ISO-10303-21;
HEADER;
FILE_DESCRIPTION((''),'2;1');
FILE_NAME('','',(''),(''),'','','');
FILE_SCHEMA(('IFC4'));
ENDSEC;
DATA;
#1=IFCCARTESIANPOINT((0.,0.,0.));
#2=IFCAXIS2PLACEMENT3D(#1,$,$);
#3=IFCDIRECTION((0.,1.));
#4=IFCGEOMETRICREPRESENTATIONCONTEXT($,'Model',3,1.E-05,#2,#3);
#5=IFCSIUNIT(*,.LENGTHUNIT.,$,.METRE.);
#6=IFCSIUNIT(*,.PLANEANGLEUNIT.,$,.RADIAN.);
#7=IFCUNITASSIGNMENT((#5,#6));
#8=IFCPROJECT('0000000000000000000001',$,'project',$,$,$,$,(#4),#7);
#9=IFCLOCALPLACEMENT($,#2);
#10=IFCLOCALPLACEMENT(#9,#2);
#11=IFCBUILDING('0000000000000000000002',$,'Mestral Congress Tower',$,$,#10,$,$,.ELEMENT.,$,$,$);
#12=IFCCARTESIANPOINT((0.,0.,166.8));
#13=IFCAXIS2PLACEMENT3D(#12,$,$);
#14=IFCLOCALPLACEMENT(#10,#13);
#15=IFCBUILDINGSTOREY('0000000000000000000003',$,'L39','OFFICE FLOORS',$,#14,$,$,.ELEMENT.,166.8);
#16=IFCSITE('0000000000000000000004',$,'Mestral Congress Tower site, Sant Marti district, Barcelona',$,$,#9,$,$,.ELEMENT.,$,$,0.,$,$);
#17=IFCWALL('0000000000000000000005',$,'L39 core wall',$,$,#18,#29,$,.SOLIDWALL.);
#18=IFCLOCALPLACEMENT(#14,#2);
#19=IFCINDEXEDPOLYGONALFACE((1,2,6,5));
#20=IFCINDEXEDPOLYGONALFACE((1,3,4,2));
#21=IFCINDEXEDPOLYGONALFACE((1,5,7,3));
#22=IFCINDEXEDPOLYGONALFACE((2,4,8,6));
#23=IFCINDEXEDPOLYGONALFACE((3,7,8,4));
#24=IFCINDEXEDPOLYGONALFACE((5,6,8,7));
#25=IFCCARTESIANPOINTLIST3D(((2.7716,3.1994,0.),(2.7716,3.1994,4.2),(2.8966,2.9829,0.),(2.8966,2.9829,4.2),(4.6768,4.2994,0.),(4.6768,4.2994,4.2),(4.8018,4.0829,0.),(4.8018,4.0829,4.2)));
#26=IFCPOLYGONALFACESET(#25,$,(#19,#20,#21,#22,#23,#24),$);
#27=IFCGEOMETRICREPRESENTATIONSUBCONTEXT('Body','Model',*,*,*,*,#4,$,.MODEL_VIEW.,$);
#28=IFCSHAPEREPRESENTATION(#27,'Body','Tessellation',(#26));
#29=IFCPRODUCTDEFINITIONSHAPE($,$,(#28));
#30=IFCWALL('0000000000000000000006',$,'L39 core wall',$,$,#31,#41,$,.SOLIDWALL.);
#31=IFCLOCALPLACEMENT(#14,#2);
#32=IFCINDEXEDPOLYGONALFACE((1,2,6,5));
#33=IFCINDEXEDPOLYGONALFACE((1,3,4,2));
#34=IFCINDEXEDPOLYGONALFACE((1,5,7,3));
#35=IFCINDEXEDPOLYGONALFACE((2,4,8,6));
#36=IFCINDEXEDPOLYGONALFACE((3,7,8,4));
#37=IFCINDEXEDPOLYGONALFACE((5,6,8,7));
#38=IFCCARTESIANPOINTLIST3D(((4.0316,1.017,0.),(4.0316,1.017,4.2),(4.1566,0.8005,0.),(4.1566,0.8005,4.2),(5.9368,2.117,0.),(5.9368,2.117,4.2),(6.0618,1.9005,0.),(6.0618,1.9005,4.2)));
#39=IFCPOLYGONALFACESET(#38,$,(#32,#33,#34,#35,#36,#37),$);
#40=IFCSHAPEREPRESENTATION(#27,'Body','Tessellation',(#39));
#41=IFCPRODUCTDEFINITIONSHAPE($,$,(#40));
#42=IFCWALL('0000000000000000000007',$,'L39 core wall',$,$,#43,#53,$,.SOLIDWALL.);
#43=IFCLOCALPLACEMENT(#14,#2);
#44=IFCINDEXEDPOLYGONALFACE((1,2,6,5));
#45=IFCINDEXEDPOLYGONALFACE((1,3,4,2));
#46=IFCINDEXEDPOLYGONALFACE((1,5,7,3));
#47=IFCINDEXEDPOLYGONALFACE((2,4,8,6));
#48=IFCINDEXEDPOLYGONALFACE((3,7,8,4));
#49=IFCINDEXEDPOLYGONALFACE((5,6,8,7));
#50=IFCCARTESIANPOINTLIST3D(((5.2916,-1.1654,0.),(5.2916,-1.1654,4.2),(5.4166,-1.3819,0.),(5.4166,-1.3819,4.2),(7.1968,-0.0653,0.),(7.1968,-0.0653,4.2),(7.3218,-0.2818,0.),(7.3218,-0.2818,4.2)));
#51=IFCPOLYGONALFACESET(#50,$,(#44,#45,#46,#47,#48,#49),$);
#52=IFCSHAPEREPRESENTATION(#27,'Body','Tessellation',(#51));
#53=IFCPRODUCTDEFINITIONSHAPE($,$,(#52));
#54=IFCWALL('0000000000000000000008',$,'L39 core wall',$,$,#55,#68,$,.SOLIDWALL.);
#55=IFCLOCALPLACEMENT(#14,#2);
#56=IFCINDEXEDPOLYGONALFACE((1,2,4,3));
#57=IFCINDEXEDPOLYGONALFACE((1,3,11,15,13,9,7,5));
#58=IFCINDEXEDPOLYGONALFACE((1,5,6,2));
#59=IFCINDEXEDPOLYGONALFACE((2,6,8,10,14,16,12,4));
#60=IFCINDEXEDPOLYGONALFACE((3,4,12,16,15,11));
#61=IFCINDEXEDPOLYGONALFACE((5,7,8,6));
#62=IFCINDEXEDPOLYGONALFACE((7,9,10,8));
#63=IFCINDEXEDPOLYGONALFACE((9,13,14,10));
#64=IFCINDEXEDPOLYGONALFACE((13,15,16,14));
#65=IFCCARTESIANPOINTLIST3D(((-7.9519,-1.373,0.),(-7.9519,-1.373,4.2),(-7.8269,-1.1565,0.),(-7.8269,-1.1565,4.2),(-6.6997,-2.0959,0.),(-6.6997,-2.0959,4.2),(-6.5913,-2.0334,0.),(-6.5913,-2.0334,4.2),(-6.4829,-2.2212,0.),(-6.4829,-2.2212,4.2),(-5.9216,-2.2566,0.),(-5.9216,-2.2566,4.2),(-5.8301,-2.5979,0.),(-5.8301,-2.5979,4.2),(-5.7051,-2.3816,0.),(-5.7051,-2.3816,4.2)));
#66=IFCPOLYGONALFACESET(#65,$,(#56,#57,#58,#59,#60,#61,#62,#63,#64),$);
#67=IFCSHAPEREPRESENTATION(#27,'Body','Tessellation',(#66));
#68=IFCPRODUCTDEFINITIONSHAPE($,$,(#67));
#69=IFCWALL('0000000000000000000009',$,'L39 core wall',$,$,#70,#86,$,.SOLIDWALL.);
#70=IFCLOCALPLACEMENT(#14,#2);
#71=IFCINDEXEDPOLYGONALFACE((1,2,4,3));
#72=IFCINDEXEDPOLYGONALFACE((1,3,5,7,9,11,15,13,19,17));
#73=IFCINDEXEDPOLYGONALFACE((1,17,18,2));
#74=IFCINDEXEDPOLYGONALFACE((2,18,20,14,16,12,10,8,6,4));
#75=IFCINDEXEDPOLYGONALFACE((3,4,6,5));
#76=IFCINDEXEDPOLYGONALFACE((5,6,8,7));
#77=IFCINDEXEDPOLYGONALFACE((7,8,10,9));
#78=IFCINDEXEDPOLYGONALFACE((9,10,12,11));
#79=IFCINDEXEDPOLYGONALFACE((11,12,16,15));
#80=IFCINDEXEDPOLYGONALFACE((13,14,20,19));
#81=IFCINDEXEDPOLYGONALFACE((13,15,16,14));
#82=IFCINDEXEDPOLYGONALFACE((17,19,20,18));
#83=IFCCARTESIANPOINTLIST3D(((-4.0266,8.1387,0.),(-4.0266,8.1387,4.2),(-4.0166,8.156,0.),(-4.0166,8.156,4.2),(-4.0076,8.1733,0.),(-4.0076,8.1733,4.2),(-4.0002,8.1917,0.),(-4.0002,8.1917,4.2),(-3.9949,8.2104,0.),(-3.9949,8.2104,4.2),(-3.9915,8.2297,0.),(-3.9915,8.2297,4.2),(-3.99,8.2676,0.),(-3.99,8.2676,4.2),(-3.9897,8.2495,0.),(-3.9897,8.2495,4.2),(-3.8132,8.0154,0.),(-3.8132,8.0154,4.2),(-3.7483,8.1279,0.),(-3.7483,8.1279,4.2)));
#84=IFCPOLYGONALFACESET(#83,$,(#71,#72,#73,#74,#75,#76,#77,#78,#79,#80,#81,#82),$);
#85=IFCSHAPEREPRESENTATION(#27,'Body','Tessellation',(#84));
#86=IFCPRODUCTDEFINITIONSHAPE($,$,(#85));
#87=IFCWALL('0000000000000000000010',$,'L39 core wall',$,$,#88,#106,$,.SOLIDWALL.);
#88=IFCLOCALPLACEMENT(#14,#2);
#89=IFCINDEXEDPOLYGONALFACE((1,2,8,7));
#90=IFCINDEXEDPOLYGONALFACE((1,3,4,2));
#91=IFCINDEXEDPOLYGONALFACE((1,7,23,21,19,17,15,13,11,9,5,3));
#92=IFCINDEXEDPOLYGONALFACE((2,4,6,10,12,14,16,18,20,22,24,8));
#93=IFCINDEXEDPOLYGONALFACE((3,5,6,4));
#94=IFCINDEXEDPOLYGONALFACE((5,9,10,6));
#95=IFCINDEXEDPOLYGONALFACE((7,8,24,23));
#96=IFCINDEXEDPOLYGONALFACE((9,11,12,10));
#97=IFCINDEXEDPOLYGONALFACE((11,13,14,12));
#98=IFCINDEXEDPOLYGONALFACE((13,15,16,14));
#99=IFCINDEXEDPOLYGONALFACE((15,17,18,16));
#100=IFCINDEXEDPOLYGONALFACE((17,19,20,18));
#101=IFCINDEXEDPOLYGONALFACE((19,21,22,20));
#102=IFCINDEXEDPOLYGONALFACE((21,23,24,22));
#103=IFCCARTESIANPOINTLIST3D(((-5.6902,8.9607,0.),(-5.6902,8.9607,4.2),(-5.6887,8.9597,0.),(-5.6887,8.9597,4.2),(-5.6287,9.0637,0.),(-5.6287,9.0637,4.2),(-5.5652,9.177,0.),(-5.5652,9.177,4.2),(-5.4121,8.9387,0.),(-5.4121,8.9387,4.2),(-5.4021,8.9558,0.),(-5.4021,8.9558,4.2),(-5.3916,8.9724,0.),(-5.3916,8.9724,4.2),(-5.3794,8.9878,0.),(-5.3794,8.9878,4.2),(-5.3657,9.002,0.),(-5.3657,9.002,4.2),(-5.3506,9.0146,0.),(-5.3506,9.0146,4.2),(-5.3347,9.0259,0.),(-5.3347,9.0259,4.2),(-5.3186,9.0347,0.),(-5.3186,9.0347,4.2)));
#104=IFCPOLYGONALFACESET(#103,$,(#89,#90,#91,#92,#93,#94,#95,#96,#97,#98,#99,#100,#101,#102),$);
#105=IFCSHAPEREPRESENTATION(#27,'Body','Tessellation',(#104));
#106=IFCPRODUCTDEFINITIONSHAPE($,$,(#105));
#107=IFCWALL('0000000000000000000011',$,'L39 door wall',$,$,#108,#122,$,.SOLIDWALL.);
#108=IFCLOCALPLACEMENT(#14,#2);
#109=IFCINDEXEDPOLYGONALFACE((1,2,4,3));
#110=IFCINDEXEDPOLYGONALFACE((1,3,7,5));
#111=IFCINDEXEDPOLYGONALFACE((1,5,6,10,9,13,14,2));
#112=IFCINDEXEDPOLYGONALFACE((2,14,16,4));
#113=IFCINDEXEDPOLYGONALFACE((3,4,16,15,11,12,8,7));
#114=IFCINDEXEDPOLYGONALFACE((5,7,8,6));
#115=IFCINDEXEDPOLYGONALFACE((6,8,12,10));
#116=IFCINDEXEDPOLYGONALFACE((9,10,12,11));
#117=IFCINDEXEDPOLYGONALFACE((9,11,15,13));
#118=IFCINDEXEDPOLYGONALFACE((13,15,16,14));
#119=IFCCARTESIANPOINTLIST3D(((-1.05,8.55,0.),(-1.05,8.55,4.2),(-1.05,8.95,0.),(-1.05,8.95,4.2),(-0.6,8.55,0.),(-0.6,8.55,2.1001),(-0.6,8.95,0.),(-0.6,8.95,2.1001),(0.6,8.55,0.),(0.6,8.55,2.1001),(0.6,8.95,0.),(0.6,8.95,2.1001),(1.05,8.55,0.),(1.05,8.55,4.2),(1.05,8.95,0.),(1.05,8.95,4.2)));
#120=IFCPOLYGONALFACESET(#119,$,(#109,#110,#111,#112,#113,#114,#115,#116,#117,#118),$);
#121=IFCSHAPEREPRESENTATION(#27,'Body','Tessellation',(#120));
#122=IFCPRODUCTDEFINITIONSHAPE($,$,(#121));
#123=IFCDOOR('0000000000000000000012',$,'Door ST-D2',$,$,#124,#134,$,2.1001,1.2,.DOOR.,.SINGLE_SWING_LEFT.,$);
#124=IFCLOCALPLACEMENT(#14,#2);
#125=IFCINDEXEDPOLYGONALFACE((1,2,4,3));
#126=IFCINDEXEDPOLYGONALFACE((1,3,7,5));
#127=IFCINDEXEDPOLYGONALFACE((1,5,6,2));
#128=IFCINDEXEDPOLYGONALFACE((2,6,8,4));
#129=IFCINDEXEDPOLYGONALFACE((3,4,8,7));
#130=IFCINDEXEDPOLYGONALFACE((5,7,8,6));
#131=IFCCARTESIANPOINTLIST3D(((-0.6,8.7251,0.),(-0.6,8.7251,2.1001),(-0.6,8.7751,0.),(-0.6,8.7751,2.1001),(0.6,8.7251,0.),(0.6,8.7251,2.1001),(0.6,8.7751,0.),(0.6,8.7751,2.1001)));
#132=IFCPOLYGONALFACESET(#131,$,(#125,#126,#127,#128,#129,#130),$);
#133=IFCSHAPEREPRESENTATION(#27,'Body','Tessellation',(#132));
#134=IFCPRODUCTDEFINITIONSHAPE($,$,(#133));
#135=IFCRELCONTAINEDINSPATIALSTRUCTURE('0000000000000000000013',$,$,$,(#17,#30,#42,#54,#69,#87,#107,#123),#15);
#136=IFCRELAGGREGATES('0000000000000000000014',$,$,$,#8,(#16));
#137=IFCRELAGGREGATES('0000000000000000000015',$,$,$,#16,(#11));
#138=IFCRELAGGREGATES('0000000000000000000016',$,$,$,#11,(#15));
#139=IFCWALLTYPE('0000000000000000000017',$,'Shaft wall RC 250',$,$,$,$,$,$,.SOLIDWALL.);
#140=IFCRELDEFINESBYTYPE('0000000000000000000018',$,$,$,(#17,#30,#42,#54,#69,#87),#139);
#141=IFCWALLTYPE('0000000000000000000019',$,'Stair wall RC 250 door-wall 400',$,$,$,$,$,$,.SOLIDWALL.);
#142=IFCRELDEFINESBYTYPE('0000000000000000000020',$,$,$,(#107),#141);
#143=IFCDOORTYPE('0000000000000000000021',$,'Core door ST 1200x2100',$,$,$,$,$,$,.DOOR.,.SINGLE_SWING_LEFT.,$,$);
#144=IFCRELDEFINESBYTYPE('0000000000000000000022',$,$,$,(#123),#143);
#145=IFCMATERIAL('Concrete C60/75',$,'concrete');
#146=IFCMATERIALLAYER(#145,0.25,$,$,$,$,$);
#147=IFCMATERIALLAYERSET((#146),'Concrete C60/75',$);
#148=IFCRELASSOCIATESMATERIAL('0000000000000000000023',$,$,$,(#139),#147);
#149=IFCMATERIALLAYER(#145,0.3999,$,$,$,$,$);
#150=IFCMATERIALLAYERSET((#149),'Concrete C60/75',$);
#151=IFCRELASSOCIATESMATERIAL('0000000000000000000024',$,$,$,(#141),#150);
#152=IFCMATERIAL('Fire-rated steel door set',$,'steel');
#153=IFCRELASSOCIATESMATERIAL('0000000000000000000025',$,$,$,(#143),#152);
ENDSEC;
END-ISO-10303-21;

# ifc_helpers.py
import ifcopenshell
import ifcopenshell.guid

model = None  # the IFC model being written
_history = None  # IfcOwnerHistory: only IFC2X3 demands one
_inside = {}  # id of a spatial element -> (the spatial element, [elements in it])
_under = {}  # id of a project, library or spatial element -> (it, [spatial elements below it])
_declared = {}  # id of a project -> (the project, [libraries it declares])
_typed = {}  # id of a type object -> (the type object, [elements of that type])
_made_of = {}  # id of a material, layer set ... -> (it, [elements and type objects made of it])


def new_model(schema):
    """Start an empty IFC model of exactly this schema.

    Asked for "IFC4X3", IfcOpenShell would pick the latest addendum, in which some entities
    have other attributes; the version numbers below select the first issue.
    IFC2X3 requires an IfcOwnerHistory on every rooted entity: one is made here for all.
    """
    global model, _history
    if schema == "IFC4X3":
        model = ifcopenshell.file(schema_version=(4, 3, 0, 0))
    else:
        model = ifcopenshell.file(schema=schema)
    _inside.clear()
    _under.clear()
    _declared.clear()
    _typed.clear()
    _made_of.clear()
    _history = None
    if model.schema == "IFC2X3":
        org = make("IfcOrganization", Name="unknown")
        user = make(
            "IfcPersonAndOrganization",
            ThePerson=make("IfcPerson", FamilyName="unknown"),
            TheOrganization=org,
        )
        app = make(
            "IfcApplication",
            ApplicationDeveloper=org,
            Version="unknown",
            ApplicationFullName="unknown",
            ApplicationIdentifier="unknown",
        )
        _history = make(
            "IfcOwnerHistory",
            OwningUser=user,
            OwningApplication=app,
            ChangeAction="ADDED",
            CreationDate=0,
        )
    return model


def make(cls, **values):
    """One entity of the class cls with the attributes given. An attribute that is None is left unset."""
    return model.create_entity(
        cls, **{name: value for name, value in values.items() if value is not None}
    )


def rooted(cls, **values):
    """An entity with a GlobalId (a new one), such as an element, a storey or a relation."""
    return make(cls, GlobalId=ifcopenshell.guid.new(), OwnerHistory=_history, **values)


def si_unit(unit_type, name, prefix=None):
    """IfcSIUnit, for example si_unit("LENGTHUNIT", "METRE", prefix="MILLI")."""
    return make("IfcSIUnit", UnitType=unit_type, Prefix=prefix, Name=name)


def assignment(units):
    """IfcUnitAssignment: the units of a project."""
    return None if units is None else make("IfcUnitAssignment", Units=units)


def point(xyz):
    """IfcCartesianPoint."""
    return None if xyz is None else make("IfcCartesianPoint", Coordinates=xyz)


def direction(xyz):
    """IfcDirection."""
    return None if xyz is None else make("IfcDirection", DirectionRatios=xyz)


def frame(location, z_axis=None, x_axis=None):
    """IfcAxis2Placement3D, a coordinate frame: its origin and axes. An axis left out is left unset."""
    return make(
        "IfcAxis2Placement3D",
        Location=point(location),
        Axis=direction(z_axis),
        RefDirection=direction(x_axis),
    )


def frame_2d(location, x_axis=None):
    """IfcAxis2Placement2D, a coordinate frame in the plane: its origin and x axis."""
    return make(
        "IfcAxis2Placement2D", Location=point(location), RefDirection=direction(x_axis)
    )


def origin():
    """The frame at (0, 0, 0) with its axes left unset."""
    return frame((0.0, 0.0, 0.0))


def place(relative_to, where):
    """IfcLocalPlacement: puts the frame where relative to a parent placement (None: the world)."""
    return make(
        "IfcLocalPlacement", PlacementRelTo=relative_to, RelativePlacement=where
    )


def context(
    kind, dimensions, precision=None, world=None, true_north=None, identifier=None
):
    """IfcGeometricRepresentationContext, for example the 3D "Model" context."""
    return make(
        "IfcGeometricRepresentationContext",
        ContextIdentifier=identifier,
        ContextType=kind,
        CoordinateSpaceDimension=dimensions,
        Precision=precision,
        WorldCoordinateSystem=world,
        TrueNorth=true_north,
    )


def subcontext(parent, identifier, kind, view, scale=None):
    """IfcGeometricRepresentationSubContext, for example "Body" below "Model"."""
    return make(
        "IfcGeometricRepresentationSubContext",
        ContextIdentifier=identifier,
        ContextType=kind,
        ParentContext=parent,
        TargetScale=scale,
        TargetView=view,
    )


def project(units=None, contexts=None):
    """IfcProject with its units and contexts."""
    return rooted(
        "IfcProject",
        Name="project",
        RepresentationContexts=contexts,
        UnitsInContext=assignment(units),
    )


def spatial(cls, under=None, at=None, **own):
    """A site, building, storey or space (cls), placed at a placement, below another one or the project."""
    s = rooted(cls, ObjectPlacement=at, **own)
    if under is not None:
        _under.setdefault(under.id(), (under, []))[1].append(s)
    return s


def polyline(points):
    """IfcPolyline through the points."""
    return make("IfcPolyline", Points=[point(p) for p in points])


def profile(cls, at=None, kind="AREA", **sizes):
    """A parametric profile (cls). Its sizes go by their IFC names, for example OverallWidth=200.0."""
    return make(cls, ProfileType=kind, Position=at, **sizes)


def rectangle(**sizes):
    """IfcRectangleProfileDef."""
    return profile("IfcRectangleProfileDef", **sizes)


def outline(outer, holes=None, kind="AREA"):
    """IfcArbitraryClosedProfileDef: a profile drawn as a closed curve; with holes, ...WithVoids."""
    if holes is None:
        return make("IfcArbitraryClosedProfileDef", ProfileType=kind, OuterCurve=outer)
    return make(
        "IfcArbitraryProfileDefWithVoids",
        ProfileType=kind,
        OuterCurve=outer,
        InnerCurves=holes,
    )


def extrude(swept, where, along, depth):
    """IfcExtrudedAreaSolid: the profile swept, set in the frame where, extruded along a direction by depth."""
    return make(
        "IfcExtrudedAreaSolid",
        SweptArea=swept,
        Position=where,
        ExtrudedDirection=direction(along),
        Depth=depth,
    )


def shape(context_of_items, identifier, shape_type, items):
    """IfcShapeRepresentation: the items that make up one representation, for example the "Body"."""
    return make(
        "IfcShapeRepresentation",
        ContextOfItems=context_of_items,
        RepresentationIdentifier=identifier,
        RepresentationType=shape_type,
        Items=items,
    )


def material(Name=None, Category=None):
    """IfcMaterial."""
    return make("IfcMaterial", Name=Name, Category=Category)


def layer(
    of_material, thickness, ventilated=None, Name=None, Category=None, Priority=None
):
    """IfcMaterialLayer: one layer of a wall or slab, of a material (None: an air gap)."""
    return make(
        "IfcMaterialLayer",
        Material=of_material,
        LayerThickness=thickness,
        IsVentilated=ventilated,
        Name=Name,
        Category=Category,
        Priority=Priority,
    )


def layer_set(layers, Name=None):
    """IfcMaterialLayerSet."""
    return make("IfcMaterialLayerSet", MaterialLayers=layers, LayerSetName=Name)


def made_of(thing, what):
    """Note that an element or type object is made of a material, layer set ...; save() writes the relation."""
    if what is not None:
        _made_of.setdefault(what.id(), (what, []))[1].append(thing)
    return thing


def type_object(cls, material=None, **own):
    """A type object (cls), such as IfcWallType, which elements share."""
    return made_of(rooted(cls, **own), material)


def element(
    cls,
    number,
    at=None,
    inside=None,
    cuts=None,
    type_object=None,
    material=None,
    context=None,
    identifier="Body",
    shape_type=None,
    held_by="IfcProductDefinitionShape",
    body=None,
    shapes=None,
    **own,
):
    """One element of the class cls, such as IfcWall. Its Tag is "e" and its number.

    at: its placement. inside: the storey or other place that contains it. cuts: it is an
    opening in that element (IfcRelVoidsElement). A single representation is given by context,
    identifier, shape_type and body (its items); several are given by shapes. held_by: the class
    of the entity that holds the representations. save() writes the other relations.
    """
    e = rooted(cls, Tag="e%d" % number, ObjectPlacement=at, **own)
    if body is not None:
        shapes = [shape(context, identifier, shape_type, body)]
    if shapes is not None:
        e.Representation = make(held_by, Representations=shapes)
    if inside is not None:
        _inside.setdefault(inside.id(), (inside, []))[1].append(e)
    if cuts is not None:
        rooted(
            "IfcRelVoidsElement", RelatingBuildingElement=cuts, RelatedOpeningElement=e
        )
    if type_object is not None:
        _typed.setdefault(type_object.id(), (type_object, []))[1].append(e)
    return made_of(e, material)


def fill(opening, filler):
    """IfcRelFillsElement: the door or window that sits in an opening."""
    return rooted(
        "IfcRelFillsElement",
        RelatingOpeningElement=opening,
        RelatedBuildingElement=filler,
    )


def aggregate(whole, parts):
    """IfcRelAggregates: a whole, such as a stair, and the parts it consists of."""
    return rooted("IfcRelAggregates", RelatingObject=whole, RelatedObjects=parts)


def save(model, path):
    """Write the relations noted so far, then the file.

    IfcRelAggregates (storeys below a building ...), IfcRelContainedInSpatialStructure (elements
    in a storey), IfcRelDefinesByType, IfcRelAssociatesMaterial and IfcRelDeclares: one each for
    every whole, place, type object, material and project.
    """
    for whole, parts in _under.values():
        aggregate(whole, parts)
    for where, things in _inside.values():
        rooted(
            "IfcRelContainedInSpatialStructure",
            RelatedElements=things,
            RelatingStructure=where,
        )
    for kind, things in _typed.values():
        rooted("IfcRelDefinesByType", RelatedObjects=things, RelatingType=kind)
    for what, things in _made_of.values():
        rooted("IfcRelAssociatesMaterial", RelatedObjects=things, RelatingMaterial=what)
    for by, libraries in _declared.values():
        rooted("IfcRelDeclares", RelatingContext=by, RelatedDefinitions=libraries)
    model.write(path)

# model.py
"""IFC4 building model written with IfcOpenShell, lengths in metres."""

from ifc_helpers import new_model, si_unit, direction, frame, frame_2d, origin, place, context, subcontext, project, spatial, polyline, rectangle, outline, extrude, material, layer, layer_set, type_object, element, fill, save


model = new_model("IFC4")

# Units and contexts
model_context = context("Model", 3, precision=1e-05, world=origin(), true_north=direction((0.0, 1.0)))
body_context = subcontext(model_context, "Body", "Model", "MODEL_VIEW")
ifc_project = project(units=[si_unit("LENGTHUNIT", "METRE"), si_unit("PLANEANGLEUNIT", "RADIAN")], contexts=[model_context])

# Site, building, storey
site_placement = place(None, origin())
site = spatial("IfcSite", under=ifc_project, at=site_placement, Name="Mestral Congress Tower site, Sant Marti district, Barcelona", CompositionType="ELEMENT", RefElevation=0.0)
building_placement = place(site_placement, origin())
building = spatial("IfcBuilding", under=site, at=building_placement, Name="Mestral Congress Tower", CompositionType="ELEMENT")
storey_placement = place(building_placement, frame((0.0, 0.0, 166.8)))
storey = spatial("IfcBuildingStorey", under=building, at=storey_placement, Name="L39", Description="OFFICE FLOORS", CompositionType="ELEMENT", Elevation=166.8)

# Shared definitions
ifc_material_1 = material(Name="Fire-rated steel door set", Category="steel")

# Walls
ifc_material_2 = material(Name="Concrete C60/75", Category="concrete")
placement = place(storey_placement, origin())
ifc_layer_1 = layer(ifc_material_2, 0.25)
ifc_layer_set_1 = layer_set([ifc_layer_1], Name="Concrete C60/75")
wall_type_1 = type_object("IfcWallType", Name="Shaft wall RC 250", PredefinedType="SOLIDWALL", material=ifc_layer_set_1)
for number, where, z_axis, x_axis, name in (
    (1, (2.834, 3.0911, 0.0), (0.0, 0.0, 1.0), (0.866008, 0.50003, 0.0), "L39 core wall"),
    (2, (4.094, 0.9087, 0.0), (0.0, 0.0, 1.0), (0.866008, 0.50003, 0.0), "L39 core wall"),
    (3, (5.354, -1.2737, 0.0), (0.0, 0.0, 1.0), (0.866008, 0.50003, 0.0), "L39 core wall"),
):
    element("IfcWall", number, at=place(storey_placement, frame(where, z_axis=z_axis, x_axis=x_axis)), inside=storey, type_object=wall_type_1, Name=name, PredefinedType="SOLIDWALL", context=body_context, shape_type="SweptSolid", body=[
        extrude(rectangle(XDim=2.2, YDim=0.25, at=frame_2d((1.1001, 0.0))), origin(), (0.0, 0.0, 1.0), 4.2),
    ])
element("IfcWall", 4, at=placement, inside=storey, type_object=wall_type_1, Name="L39 core wall", PredefinedType="SOLIDWALL", context=body_context, shape_type="SweptSolid", body=[
    extrude(outline(polyline([(-5.9216, -2.2566), (-5.9216, -2.2566), (-5.7051, -2.3816), (-5.8301, -2.5979), (-6.4829, -2.2212), (-6.5913, -2.0334), (-6.5913, -2.0334), (-6.6997, -2.0959), (-7.9519, -1.373), (-7.8269, -1.1565), (-5.9216, -2.2566)])), origin(), (0.0, 0.0, 1.0), 4.2),
])
element("IfcWall", 5, at=placement, inside=storey, type_object=wall_type_1, Name="L39 core wall", PredefinedType="SOLIDWALL", context=body_context, shape_type="SweptSolid", body=[
    extrude(outline(polyline([(-3.7483, 8.1279), (-3.8132, 8.0154), (-4.0266, 8.1387), (-4.0166, 8.156), (-4.0076, 8.1733), (-4.0002, 8.1917), (-3.9949, 8.2104), (-3.9915, 8.2297), (-3.9897, 8.2495), (-3.99, 8.2676), (-3.7483, 8.1279)])), origin(), (0.0, 0.0, 1.0), 4.2),
])
element("IfcWall", 6, at=placement, inside=storey, type_object=wall_type_1, Name="L39 core wall", PredefinedType="SOLIDWALL", context=body_context, shape_type="SweptSolid", body=[
    extrude(outline(polyline([(-5.6887, 8.9597), (-5.6902, 8.9607), (-5.5652, 9.177), (-5.3186, 9.0347), (-5.3347, 9.0259), (-5.3506, 9.0146), (-5.3657, 9.002), (-5.3794, 8.9878), (-5.3916, 8.9724), (-5.4021, 8.9558), (-5.4121, 8.9387), (-5.6287, 9.0637), (-5.6287, 9.0637), (-5.6887, 8.9597)])), origin(), (0.0, 0.0, 1.0), 4.2),
])

# Wall, opening, door
ifc_layer_2 = layer(ifc_material_2, 0.3999)
ifc_layer_set_2 = layer_set([ifc_layer_2], Name="Concrete C60/75")
wall_type_2 = type_object("IfcWallType", Name="Stair wall RC 250 door-wall 400", PredefinedType="SOLIDWALL", material=ifc_layer_set_2)
wall_1_placement = place(storey_placement, frame((1.05, 8.75, 0.0), z_axis=(0.0, 0.0, 1.0), x_axis=(-1.0, 0.0, 0.0)))
wall_1 = element("IfcWall", 7, at=wall_1_placement, inside=storey, type_object=wall_type_2, Name="L39 door wall", PredefinedType="SOLIDWALL", context=body_context, shape_type="SweptSolid", body=[
    extrude(rectangle(XDim=2.1001, YDim=0.3999, at=frame_2d((1.05, 0.0))), origin(), (0.0, 0.0, 1.0), 4.2),
])
opening_1_placement = place(wall_1_placement, frame((0.45, 0.0, 0.0)))
opening_1 = element("IfcOpeningElement", 8, at=opening_1_placement, cuts=wall_1, PredefinedType="OPENING", context=body_context, shape_type="SweptSolid", body=[
    extrude(rectangle(XDim=1.2, YDim=2.1001, at=frame_2d((0.6001, 1.05))), frame((0.0, 0.21, 0.0), z_axis=(0.0, -1.0, 0.0), x_axis=(1.0, 0.0, 0.0)), (0.0, 0.0, 1.0), 0.4199),
])
door_type_1 = type_object("IfcDoorType", Name="Core door ST 1200x2100", OperationType="SINGLE_SWING_LEFT", PredefinedType="DOOR", material=ifc_material_1)
door_1_placement = place(opening_1_placement, origin())
door_1 = element("IfcDoor", 9, at=door_1_placement, inside=storey, type_object=door_type_1, Name="Door ST-D2", OperationType="SINGLE_SWING_LEFT", OverallHeight=2.1001, OverallWidth=1.2, PredefinedType="DOOR", context=body_context, shape_type="SweptSolid", body=[
    extrude(rectangle(XDim=1.2, YDim=2.1001, at=frame_2d((0.6001, 1.05))), frame((0.0, 0.0249, 0.0), z_axis=(0.0, -1.0, 0.0), x_axis=(1.0, 0.0, 0.0)), (0.0, 0.0, 1.0), 0.05),
])
fill(opening_1, door_1)

save(model, "model.ifc")
